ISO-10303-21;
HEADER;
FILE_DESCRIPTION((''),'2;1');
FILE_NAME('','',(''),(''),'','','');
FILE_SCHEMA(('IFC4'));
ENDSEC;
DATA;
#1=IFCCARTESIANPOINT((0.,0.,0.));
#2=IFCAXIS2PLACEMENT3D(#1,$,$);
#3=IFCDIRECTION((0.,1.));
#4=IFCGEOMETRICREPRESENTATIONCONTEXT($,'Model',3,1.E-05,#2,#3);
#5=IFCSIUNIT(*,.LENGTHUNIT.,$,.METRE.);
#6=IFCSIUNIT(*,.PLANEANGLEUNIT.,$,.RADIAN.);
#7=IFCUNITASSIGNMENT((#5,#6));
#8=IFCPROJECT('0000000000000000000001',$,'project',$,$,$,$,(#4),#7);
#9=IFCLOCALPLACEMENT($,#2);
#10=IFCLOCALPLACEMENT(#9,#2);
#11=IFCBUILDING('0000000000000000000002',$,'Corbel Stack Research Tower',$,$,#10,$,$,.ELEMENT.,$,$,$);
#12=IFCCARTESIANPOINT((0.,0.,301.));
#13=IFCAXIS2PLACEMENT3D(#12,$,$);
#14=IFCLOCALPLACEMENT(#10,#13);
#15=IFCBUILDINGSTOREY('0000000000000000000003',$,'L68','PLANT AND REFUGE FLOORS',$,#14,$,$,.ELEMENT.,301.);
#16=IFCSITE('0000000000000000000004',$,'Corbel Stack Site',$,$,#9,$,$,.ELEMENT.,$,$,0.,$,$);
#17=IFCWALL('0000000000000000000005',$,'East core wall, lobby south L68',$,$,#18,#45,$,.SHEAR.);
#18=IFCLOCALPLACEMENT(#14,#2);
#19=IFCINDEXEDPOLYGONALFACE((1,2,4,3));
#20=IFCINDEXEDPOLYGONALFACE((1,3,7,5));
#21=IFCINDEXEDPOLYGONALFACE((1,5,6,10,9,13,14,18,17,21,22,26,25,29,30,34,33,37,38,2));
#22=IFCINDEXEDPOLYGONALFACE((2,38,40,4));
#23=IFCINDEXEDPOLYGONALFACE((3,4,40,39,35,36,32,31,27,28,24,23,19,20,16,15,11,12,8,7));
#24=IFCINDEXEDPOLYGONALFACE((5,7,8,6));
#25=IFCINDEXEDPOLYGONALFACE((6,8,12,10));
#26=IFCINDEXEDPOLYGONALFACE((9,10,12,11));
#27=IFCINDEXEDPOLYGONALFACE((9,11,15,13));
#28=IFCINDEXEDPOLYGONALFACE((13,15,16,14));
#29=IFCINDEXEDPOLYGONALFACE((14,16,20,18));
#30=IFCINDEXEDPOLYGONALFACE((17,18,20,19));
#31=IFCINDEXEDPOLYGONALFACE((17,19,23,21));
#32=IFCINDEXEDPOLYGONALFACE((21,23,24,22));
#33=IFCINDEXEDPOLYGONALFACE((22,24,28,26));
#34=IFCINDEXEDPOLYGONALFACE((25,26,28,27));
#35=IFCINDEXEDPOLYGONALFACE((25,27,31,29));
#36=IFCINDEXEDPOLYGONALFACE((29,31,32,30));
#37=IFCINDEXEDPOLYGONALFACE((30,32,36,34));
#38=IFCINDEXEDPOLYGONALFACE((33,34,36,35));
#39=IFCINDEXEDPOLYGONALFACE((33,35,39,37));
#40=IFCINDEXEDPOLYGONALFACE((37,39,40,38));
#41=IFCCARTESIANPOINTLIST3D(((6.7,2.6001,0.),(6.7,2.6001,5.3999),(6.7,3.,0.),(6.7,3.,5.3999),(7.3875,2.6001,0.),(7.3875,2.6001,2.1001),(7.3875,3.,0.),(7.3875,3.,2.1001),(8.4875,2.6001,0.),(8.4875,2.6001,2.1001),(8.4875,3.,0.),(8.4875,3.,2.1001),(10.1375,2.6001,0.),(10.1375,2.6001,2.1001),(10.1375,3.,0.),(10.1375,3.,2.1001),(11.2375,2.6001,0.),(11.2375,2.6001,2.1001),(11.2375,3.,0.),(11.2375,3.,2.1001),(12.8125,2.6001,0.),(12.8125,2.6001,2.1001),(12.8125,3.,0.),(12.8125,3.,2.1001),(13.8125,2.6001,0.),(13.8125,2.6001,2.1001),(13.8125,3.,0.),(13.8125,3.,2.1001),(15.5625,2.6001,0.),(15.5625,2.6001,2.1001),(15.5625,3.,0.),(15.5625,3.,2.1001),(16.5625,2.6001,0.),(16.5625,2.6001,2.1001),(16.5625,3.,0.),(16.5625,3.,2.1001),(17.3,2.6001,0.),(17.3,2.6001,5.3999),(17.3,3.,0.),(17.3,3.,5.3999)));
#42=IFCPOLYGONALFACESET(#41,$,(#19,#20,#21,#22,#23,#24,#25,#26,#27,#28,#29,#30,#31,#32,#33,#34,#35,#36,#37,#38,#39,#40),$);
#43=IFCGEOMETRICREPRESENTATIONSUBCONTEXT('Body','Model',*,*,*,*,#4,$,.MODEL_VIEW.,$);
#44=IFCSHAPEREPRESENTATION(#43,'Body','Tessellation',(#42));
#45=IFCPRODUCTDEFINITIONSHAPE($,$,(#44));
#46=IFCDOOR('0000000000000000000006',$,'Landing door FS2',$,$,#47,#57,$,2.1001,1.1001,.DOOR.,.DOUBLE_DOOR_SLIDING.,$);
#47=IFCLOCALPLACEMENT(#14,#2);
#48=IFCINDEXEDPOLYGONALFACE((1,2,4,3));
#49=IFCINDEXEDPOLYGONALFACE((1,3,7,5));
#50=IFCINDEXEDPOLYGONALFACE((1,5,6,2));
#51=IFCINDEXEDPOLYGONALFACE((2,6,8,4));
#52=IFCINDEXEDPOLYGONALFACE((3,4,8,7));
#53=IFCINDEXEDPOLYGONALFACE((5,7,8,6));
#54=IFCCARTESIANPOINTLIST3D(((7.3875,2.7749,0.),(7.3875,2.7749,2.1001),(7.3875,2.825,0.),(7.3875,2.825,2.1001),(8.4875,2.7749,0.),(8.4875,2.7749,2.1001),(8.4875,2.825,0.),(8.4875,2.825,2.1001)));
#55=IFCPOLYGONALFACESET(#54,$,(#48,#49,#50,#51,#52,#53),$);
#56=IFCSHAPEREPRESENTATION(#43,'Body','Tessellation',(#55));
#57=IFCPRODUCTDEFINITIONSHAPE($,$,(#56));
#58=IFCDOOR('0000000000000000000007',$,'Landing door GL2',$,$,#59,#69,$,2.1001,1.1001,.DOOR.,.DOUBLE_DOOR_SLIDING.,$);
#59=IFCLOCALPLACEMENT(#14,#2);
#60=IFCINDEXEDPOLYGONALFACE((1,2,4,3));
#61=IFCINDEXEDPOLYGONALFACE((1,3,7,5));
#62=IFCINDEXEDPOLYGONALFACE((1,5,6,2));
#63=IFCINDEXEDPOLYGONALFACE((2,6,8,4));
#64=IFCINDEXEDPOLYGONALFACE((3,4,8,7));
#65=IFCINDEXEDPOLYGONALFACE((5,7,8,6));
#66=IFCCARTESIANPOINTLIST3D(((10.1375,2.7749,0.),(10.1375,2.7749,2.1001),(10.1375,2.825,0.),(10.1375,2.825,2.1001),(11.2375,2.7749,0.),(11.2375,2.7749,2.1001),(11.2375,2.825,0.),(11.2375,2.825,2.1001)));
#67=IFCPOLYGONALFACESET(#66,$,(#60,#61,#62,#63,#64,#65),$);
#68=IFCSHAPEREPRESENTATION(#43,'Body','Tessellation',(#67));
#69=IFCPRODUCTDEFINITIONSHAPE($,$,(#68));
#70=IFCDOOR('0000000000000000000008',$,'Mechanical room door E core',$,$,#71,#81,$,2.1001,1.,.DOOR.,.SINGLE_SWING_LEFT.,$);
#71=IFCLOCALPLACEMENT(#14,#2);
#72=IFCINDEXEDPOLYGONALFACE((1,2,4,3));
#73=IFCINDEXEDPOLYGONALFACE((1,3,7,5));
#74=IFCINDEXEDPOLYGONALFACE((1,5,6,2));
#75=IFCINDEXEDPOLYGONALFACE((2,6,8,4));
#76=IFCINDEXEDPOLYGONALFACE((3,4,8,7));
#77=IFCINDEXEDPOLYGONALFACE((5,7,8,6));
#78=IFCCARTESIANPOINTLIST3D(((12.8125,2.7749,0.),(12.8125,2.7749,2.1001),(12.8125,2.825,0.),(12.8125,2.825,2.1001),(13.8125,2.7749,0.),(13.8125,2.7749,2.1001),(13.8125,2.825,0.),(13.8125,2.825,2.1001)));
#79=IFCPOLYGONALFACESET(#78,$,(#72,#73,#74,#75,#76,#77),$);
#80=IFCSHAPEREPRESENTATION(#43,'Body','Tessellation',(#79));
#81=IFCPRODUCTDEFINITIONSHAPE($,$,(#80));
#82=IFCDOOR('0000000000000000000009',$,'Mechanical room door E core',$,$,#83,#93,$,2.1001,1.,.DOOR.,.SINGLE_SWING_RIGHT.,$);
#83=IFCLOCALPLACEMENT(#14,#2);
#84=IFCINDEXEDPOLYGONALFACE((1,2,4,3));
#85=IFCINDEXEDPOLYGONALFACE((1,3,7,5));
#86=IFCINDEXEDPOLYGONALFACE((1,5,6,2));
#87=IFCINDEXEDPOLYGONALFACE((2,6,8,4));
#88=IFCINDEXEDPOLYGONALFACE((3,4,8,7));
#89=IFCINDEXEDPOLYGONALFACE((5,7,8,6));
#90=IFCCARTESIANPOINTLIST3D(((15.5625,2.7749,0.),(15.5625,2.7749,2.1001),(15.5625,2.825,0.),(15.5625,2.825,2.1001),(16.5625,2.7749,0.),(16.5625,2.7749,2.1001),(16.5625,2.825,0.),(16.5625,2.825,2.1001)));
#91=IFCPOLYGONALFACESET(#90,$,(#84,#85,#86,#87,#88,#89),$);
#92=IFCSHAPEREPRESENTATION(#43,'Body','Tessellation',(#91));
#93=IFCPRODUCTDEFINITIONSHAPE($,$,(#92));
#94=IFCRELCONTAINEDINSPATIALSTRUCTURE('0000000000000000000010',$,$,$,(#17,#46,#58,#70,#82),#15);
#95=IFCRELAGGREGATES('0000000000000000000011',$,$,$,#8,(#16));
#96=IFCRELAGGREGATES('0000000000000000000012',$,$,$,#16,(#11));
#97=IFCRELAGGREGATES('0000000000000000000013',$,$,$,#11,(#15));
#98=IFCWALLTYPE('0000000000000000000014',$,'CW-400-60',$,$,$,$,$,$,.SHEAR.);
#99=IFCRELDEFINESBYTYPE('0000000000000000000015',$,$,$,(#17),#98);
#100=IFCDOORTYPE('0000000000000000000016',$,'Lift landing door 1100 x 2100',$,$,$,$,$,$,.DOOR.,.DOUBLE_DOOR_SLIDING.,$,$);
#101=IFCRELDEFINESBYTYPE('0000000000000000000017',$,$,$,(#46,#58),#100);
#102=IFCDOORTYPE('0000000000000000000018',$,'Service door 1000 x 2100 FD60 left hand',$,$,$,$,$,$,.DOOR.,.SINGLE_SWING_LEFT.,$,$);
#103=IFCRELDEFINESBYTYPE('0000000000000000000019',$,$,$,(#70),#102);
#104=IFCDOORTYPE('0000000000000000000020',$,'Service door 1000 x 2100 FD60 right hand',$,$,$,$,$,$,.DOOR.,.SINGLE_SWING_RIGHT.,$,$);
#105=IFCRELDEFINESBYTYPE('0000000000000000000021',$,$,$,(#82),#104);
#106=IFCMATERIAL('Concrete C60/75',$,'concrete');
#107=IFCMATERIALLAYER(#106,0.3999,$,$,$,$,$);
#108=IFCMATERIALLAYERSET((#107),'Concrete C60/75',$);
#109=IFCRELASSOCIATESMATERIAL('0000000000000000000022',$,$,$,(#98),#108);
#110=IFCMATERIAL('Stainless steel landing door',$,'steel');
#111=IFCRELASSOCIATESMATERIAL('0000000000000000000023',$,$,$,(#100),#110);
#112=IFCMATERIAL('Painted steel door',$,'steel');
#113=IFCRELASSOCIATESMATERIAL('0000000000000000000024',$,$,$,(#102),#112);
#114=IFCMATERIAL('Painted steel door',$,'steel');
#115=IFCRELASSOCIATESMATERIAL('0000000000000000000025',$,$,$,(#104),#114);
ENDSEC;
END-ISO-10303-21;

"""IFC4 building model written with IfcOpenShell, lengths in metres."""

from ifc_helpers import new_model, si_unit, direction, frame, frame_2d, origin, place, context, subcontext, project, spatial, rectangle, extrude, material, layer, layer_set, type_object, element, fill, save


model = new_model("IFC4")

# Units and contexts
model_context = context("Model", 3, precision=1e-05, world=origin(), true_north=direction((0.0, 1.0)))
body_context = subcontext(model_context, "Body", "Model", "MODEL_VIEW")
ifc_project = project(units=[si_unit("LENGTHUNIT", "METRE"), si_unit("PLANEANGLEUNIT", "RADIAN")], contexts=[model_context])

# Site, building, storey
site_placement = place(None, origin())
site = spatial("IfcSite", under=ifc_project, at=site_placement, Name="Corbel Stack Site", CompositionType="ELEMENT", RefElevation=0.0)
building_placement = place(site_placement, origin())
building = spatial("IfcBuilding", under=site, at=building_placement, Name="Corbel Stack Research Tower", CompositionType="ELEMENT")
storey_placement = place(building_placement, frame((0.0, 0.0, 301.0)))
storey = spatial("IfcBuildingStorey", under=building, at=storey_placement, Name="L68", Description="PLANT AND REFUGE FLOORS", CompositionType="ELEMENT", Elevation=301.0)

# Wall, openings, doors
ifc_material_1 = material(Name="Concrete C60/75", Category="concrete")
ifc_layer = layer(ifc_material_1, 0.3999)
ifc_layer_set = layer_set([ifc_layer], Name="Concrete C60/75")
wall_type = type_object("IfcWallType", Name="CW-400-60", PredefinedType="SHEAR", material=ifc_layer_set)
wall_1_placement = place(storey_placement, frame((6.7, 2.8, 0.0), z_axis=(0.0, 0.0, 1.0), x_axis=(1.0, 0.0, 0.0)))
wall_1 = element("IfcWall", 1, at=wall_1_placement, inside=storey, type_object=wall_type, Name="East core wall, lobby south L68", PredefinedType="SHEAR", context=body_context, shape_type="SweptSolid", body=[
    extrude(rectangle(XDim=10.6001, YDim=0.3999, at=frame_2d((5.3, 0.0))), origin(), (0.0, 0.0, 1.0), 5.3999),
])
opening_1_placement = place(wall_1_placement, frame((0.6875, 0.0, 0.0)))
opening_1 = element("IfcOpeningElement", 2, at=opening_1_placement, cuts=wall_1, PredefinedType="OPENING", context=body_context, shape_type="SweptSolid", body=[
    extrude(rectangle(XDim=1.1001, YDim=2.1001, at=frame_2d((0.55, 1.05))), frame((0.0, 0.21, 0.0), z_axis=(0.0, -1.0, 0.0), x_axis=(1.0, 0.0, 0.0)), (0.0, 0.0, 1.0), 0.4199),
])
opening_2_placement = place(wall_1_placement, frame((3.4375, 0.0, 0.0)))
opening_2 = element("IfcOpeningElement", 3, at=opening_2_placement, cuts=wall_1, PredefinedType="OPENING", context=body_context, shape_type="SweptSolid", body=[
    extrude(rectangle(XDim=1.1001, YDim=2.1001, at=frame_2d((0.55, 1.05))), frame((0.0, 0.21, 0.0), z_axis=(0.0, -1.0, 0.0), x_axis=(1.0, 0.0, 0.0)), (0.0, 0.0, 1.0), 0.4199),
])
opening_3_placement = place(wall_1_placement, frame((6.1125, 0.0, 0.0)))
opening_3 = element("IfcOpeningElement", 4, at=opening_3_placement, cuts=wall_1, PredefinedType="OPENING", context=body_context, shape_type="SweptSolid", body=[
    extrude(rectangle(XDim=1.0, YDim=2.1001, at=frame_2d((0.5, 1.05))), frame((0.0, 0.21, 0.0), z_axis=(0.0, -1.0, 0.0), x_axis=(1.0, 0.0, 0.0)), (0.0, 0.0, 1.0), 0.4199),
])
opening_4_placement = place(wall_1_placement, frame((8.8625, 0.0, 0.0)))
opening_4 = element("IfcOpeningElement", 5, at=opening_4_placement, cuts=wall_1, PredefinedType="OPENING", context=body_context, shape_type="SweptSolid", body=[
    extrude(rectangle(XDim=1.0, YDim=2.1001, at=frame_2d((0.5, 1.05))), frame((0.0, 0.21, 0.0), z_axis=(0.0, -1.0, 0.0), x_axis=(1.0, 0.0, 0.0)), (0.0, 0.0, 1.0), 0.4199),
])
ifc_material_2 = material(Name="Stainless steel landing door", Category="steel")
door_type_1 = type_object("IfcDoorType", Name="Lift landing door 1100 x 2100", OperationType="DOUBLE_DOOR_SLIDING", PredefinedType="DOOR", material=ifc_material_2)
door_1_placement = place(opening_1_placement, origin())
door_1 = element("IfcDoor", 6, at=door_1_placement, inside=storey, type_object=door_type_1, Name="Landing door FS2", OperationType="DOUBLE_DOOR_SLIDING", OverallHeight=2.1001, OverallWidth=1.1001, PredefinedType="DOOR", context=body_context, shape_type="SweptSolid", body=[
    extrude(rectangle(XDim=1.1001, YDim=2.1001, at=frame_2d((0.55, 1.05))), frame((0.0, 0.0249, 0.0), z_axis=(0.0, -1.0, 0.0), x_axis=(1.0, 0.0, 0.0)), (0.0, 0.0, 1.0), 0.05),
])
fill(opening_1, door_1)
door_2_placement = place(opening_2_placement, origin())
door_2 = element("IfcDoor", 7, at=door_2_placement, inside=storey, type_object=door_type_1, Name="Landing door GL2", OperationType="DOUBLE_DOOR_SLIDING", OverallHeight=2.1001, OverallWidth=1.1001, PredefinedType="DOOR", context=body_context, shape_type="SweptSolid", body=[
    extrude(rectangle(XDim=1.1001, YDim=2.1001, at=frame_2d((0.55, 1.05))), frame((0.0, 0.0249, 0.0), z_axis=(0.0, -1.0, 0.0), x_axis=(1.0, 0.0, 0.0)), (0.0, 0.0, 1.0), 0.05),
])
fill(opening_2, door_2)
ifc_material_3 = material(Name="Painted steel door", Category="steel")
door_type_2 = type_object("IfcDoorType", Name="Service door 1000 x 2100 FD60 left hand", OperationType="SINGLE_SWING_LEFT", PredefinedType="DOOR", material=ifc_material_3)
door_3_placement = place(opening_3_placement, origin())
door_3 = element("IfcDoor", 8, at=door_3_placement, inside=storey, type_object=door_type_2, Name="Mechanical room door E core", OperationType="SINGLE_SWING_LEFT", OverallHeight=2.1001, OverallWidth=1.0, PredefinedType="DOOR", context=body_context, shape_type="SweptSolid", body=[
    extrude(rectangle(XDim=1.0, YDim=2.1001, at=frame_2d((0.5, 1.05))), frame((0.0, 0.0249, 0.0), z_axis=(0.0, -1.0, 0.0), x_axis=(1.0, 0.0, 0.0)), (0.0, 0.0, 1.0), 0.05),
])
fill(opening_3, door_3)
ifc_material_4 = material(Name="Painted steel door", Category="steel")
door_type_3 = type_object("IfcDoorType", Name="Service door 1000 x 2100 FD60 right hand", OperationType="SINGLE_SWING_RIGHT", PredefinedType="DOOR", material=ifc_material_4)
door_4_placement = place(opening_4_placement, origin())
door_4 = element("IfcDoor", 9, at=door_4_placement, inside=storey, type_object=door_type_3, Name="Mechanical room door E core", OperationType="SINGLE_SWING_RIGHT", OverallHeight=2.1001, OverallWidth=1.0, PredefinedType="DOOR", context=body_context, shape_type="SweptSolid", body=[
    extrude(rectangle(XDim=1.0, YDim=2.1001, at=frame_2d((0.5, 1.05))), frame((0.0, 0.0249, 0.0), z_axis=(0.0, -1.0, 0.0), x_axis=(1.0, 0.0, 0.0)), (0.0, 0.0, 1.0), 0.05),
])
fill(opening_4, door_4)

save(model, "model.ifc")
